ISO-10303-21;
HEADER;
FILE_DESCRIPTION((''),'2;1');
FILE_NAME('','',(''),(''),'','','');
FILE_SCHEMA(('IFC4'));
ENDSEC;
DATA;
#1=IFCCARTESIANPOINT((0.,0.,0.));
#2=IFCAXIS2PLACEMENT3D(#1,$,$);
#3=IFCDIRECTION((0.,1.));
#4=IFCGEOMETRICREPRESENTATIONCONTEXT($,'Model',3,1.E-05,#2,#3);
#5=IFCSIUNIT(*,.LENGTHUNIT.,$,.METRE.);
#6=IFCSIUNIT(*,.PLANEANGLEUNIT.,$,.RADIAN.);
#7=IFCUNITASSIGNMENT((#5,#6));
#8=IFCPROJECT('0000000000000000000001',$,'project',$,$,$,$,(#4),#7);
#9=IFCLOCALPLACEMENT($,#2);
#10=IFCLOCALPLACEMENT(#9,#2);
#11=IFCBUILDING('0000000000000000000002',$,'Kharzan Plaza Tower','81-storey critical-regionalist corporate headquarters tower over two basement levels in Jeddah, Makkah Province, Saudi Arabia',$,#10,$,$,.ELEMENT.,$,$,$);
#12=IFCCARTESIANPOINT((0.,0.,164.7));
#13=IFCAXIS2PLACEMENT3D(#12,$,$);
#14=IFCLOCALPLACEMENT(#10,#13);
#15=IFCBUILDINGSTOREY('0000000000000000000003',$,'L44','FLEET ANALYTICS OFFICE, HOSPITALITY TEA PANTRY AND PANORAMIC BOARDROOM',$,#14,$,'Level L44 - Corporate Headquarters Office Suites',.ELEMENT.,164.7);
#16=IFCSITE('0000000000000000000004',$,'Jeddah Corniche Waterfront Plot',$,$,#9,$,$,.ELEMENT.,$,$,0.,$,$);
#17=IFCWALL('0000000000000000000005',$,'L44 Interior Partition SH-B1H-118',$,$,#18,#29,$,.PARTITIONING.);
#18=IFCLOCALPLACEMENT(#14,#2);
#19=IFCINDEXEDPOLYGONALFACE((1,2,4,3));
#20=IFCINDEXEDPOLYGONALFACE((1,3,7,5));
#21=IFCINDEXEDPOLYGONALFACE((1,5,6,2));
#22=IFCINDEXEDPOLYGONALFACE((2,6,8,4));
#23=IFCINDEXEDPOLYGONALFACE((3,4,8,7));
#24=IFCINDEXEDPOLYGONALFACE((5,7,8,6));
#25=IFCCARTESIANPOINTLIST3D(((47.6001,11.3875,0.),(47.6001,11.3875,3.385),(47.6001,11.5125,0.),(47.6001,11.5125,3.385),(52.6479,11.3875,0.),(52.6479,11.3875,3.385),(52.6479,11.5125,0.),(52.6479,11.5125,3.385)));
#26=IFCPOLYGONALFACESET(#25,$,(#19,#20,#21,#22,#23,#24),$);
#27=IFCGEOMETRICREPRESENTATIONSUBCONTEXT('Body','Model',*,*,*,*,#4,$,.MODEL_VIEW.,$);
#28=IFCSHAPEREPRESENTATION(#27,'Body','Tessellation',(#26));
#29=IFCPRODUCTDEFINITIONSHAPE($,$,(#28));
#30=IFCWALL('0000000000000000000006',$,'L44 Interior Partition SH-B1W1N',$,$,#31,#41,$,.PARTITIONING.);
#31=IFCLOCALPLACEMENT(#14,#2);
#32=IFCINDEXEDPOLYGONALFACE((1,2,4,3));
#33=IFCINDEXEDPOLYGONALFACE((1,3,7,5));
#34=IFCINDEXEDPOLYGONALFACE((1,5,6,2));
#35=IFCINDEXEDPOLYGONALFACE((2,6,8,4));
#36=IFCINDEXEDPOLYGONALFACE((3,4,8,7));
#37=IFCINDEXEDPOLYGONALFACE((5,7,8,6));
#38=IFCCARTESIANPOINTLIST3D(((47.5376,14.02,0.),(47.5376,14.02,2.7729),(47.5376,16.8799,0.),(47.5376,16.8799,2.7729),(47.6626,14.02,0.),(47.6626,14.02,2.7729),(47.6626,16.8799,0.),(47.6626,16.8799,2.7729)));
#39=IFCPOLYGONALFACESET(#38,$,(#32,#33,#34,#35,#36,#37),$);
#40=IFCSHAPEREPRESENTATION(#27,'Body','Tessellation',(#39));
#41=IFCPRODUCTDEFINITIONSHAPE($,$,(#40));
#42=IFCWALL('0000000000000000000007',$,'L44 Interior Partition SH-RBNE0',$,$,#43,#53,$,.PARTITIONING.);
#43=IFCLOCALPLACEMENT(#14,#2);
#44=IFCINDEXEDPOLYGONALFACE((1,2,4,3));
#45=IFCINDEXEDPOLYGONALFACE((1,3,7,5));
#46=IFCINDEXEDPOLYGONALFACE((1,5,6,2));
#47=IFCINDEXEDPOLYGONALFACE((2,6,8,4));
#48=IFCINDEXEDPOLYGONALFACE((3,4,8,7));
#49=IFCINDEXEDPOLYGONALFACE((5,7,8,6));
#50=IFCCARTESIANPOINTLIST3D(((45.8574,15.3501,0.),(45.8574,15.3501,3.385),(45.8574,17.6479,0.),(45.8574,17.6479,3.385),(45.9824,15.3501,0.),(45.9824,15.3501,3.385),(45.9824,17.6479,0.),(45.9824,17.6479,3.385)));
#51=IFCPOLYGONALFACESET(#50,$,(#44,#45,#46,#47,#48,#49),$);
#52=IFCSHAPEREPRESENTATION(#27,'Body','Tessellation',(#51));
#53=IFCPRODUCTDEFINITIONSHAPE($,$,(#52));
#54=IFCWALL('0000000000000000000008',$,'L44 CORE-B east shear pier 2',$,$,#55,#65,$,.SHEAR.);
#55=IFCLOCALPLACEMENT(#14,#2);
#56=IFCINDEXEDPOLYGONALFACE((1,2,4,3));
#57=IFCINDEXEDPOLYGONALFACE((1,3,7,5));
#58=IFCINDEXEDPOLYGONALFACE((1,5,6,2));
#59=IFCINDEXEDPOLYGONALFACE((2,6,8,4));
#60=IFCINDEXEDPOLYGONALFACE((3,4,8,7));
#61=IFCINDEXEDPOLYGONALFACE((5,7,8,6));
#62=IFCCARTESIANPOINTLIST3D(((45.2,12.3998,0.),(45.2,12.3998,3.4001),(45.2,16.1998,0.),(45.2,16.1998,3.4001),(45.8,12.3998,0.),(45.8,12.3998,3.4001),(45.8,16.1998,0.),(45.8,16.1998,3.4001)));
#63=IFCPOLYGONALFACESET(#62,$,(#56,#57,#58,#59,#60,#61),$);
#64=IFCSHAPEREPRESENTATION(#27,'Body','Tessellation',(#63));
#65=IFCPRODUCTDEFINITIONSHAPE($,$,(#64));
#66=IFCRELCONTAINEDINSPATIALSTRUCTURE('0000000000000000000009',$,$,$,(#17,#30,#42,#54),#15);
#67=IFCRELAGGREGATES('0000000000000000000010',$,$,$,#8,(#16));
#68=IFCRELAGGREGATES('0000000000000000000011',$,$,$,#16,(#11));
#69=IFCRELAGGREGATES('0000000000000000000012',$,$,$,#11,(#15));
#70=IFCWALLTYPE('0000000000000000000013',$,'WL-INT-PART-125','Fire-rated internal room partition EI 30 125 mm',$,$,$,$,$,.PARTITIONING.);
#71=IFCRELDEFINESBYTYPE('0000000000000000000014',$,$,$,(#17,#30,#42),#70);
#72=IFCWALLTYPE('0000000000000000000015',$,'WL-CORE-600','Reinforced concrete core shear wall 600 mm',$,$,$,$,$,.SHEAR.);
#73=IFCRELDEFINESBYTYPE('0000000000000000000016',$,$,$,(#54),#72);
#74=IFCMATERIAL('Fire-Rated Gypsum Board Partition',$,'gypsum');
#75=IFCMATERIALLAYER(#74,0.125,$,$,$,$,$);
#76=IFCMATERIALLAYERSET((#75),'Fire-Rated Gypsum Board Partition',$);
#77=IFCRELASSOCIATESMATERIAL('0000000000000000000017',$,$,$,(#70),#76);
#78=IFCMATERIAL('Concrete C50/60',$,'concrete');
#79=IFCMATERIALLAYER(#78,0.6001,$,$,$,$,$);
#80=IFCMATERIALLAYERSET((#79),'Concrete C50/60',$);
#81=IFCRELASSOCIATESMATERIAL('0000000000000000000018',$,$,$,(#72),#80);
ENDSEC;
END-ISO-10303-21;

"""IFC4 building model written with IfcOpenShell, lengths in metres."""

from ifc_helpers import new_model, si_unit, direction, frame, frame_2d, origin, place, context, subcontext, project, spatial, rectangle, extrude, source, transform, mapped, material, layer, layer_set, type_object, element, save


model = new_model("IFC4")

# Units and contexts
model_context = context("Model", 3, precision=1e-05, world=origin(), true_north=direction((0.0, 1.0)))
body_context = subcontext(model_context, "Body", "Model", "MODEL_VIEW")
ifc_project = project(units=[si_unit("LENGTHUNIT", "METRE"), si_unit("PLANEANGLEUNIT", "RADIAN")], contexts=[model_context])

# Site, building, storey
site_placement = place(None, origin())
site = spatial("IfcSite", under=ifc_project, at=site_placement, Name="Jeddah Corniche Waterfront Plot", CompositionType="ELEMENT", RefElevation=0.0)
building_placement = place(site_placement, origin())
building = spatial("IfcBuilding", under=site, at=building_placement, Name="Kharzan Plaza Tower", Description="81-storey critical-regionalist corporate headquarters tower over two basement levels in Jeddah, Makkah Province, Saudi Arabia", CompositionType="ELEMENT")
storey_placement = place(building_placement, frame((0.0, 0.0, 164.7)))
storey = spatial("IfcBuildingStorey", under=building, at=storey_placement, Name="L44", Description="FLEET ANALYTICS OFFICE, HOSPITALITY TEA PANTRY AND PANORAMIC BOARDROOM", LongName="Level L44 - Corporate Headquarters Office Suites", CompositionType="ELEMENT", Elevation=164.7)

# Shared definitions
ifc_material_1 = material(Name="Concrete C50/60", Category="concrete")

# Shared definitions
ifc_material_2 = material(Name="Fire-Rated Gypsum Board Partition", Category="gypsum")
ifc_layer_1 = layer(ifc_material_2, 0.125)
ifc_layer_set_1 = layer_set([ifc_layer_1], Name="Fire-Rated Gypsum Board Partition")
wall_type_1 = type_object("IfcWallType", Name="WL-INT-PART-125", Description="Fire-rated internal room partition EI 30 125 mm", PredefinedType="PARTITIONING", material=ifc_layer_set_1)

# Walls
shared_shape_1 = source(origin(), body_context, "Body", "SweptSolid", [
    extrude(rectangle(XDim=5.0479, YDim=0.125, at=frame_2d((2.5239, 0.0))), origin(), (0.0, 0.0, 1.0), 3.385),
])
wall_1_placement = place(storey_placement, frame((47.6001, 11.45, 0.0), z_axis=(0.0, 0.0, 1.0), x_axis=(1.0, 0.0, 0.0)))
element("IfcWall", 1, at=wall_1_placement, inside=storey, type_object=wall_type_1, Name="L44 Interior Partition SH-B1H-118", PredefinedType="PARTITIONING", context=body_context, shape_type="MappedRepresentation", body=[
    mapped(shared_shape_1, transform((0.0, 0.0, 0.0), x_axis=(1.0, 0.0, 0.0), y_axis=(0.0, 1.0, 0.0), z_axis=(0.0, 0.0, 1.0))),
])
shared_shape_2 = source(origin(), body_context, "Body", "SweptSolid", [
    extrude(rectangle(XDim=2.8599, YDim=0.125, at=frame_2d((1.4299, 0.0))), origin(), (0.0, 0.0, 1.0), 2.7729),
])
wall_2_placement = place(storey_placement, frame((47.6001, 14.02, 0.0), z_axis=(0.0, 0.0, 1.0), x_axis=(0.0, 1.0, 0.0)))
element("IfcWall", 2, at=wall_2_placement, inside=storey, type_object=wall_type_1, Name="L44 Interior Partition SH-B1W1N", PredefinedType="PARTITIONING", context=body_context, shape_type="MappedRepresentation", body=[
    mapped(shared_shape_2, transform((0.0, 0.0, 0.0), x_axis=(1.0, 0.0, 0.0), y_axis=(0.0, 1.0, 0.0), z_axis=(0.0, 0.0, 1.0))),
])
shared_shape_3 = source(origin(), body_context, "Body", "SweptSolid", [
    extrude(rectangle(XDim=2.2979, YDim=0.125, at=frame_2d((1.1489, 0.0))), origin(), (0.0, 0.0, 1.0), 3.385),
])
wall_3_placement = place(storey_placement, frame((45.9199, 15.3501, 0.0), z_axis=(0.0, 0.0, 1.0), x_axis=(0.0, 1.0, 0.0)))
element("IfcWall", 3, at=wall_3_placement, inside=storey, type_object=wall_type_1, Name="L44 Interior Partition SH-RBNE0", PredefinedType="PARTITIONING", context=body_context, shape_type="MappedRepresentation", body=[
    mapped(shared_shape_3, transform((0.0, 0.0, 0.0), x_axis=(1.0, 0.0, 0.0), y_axis=(0.0, 1.0, 0.0), z_axis=(0.0, 0.0, 1.0))),
])
ifc_layer_2 = layer(ifc_material_1, 0.6001)
ifc_layer_set_2 = layer_set([ifc_layer_2], Name="Concrete C50/60")
wall_type_2 = type_object("IfcWallType", Name="WL-CORE-600", Description="Reinforced concrete core shear wall 600 mm", PredefinedType="SHEAR", material=ifc_layer_set_2)
shared_shape_4 = source(origin(), body_context, "Body", "SweptSolid", [
    extrude(rectangle(XDim=3.8, YDim=0.6001, at=frame_2d((1.8999, 0.0))), origin(), (0.0, 0.0, 1.0), 3.4001),
])
wall_4_placement = place(storey_placement, frame((45.5, 12.3999, 0.0), z_axis=(0.0, 0.0, 1.0), x_axis=(0.0, 1.0, 0.0)))
element("IfcWall", 4, at=wall_4_placement, inside=storey, type_object=wall_type_2, Name="L44 CORE-B east shear pier 2", PredefinedType="SHEAR", context=body_context, shape_type="MappedRepresentation", body=[
    mapped(shared_shape_4, transform((0.0, 0.0, 0.0), x_axis=(1.0, 0.0, 0.0), y_axis=(0.0, 1.0, 0.0), z_axis=(0.0, 0.0, 1.0))),
])

save(model, "model.ifc")
